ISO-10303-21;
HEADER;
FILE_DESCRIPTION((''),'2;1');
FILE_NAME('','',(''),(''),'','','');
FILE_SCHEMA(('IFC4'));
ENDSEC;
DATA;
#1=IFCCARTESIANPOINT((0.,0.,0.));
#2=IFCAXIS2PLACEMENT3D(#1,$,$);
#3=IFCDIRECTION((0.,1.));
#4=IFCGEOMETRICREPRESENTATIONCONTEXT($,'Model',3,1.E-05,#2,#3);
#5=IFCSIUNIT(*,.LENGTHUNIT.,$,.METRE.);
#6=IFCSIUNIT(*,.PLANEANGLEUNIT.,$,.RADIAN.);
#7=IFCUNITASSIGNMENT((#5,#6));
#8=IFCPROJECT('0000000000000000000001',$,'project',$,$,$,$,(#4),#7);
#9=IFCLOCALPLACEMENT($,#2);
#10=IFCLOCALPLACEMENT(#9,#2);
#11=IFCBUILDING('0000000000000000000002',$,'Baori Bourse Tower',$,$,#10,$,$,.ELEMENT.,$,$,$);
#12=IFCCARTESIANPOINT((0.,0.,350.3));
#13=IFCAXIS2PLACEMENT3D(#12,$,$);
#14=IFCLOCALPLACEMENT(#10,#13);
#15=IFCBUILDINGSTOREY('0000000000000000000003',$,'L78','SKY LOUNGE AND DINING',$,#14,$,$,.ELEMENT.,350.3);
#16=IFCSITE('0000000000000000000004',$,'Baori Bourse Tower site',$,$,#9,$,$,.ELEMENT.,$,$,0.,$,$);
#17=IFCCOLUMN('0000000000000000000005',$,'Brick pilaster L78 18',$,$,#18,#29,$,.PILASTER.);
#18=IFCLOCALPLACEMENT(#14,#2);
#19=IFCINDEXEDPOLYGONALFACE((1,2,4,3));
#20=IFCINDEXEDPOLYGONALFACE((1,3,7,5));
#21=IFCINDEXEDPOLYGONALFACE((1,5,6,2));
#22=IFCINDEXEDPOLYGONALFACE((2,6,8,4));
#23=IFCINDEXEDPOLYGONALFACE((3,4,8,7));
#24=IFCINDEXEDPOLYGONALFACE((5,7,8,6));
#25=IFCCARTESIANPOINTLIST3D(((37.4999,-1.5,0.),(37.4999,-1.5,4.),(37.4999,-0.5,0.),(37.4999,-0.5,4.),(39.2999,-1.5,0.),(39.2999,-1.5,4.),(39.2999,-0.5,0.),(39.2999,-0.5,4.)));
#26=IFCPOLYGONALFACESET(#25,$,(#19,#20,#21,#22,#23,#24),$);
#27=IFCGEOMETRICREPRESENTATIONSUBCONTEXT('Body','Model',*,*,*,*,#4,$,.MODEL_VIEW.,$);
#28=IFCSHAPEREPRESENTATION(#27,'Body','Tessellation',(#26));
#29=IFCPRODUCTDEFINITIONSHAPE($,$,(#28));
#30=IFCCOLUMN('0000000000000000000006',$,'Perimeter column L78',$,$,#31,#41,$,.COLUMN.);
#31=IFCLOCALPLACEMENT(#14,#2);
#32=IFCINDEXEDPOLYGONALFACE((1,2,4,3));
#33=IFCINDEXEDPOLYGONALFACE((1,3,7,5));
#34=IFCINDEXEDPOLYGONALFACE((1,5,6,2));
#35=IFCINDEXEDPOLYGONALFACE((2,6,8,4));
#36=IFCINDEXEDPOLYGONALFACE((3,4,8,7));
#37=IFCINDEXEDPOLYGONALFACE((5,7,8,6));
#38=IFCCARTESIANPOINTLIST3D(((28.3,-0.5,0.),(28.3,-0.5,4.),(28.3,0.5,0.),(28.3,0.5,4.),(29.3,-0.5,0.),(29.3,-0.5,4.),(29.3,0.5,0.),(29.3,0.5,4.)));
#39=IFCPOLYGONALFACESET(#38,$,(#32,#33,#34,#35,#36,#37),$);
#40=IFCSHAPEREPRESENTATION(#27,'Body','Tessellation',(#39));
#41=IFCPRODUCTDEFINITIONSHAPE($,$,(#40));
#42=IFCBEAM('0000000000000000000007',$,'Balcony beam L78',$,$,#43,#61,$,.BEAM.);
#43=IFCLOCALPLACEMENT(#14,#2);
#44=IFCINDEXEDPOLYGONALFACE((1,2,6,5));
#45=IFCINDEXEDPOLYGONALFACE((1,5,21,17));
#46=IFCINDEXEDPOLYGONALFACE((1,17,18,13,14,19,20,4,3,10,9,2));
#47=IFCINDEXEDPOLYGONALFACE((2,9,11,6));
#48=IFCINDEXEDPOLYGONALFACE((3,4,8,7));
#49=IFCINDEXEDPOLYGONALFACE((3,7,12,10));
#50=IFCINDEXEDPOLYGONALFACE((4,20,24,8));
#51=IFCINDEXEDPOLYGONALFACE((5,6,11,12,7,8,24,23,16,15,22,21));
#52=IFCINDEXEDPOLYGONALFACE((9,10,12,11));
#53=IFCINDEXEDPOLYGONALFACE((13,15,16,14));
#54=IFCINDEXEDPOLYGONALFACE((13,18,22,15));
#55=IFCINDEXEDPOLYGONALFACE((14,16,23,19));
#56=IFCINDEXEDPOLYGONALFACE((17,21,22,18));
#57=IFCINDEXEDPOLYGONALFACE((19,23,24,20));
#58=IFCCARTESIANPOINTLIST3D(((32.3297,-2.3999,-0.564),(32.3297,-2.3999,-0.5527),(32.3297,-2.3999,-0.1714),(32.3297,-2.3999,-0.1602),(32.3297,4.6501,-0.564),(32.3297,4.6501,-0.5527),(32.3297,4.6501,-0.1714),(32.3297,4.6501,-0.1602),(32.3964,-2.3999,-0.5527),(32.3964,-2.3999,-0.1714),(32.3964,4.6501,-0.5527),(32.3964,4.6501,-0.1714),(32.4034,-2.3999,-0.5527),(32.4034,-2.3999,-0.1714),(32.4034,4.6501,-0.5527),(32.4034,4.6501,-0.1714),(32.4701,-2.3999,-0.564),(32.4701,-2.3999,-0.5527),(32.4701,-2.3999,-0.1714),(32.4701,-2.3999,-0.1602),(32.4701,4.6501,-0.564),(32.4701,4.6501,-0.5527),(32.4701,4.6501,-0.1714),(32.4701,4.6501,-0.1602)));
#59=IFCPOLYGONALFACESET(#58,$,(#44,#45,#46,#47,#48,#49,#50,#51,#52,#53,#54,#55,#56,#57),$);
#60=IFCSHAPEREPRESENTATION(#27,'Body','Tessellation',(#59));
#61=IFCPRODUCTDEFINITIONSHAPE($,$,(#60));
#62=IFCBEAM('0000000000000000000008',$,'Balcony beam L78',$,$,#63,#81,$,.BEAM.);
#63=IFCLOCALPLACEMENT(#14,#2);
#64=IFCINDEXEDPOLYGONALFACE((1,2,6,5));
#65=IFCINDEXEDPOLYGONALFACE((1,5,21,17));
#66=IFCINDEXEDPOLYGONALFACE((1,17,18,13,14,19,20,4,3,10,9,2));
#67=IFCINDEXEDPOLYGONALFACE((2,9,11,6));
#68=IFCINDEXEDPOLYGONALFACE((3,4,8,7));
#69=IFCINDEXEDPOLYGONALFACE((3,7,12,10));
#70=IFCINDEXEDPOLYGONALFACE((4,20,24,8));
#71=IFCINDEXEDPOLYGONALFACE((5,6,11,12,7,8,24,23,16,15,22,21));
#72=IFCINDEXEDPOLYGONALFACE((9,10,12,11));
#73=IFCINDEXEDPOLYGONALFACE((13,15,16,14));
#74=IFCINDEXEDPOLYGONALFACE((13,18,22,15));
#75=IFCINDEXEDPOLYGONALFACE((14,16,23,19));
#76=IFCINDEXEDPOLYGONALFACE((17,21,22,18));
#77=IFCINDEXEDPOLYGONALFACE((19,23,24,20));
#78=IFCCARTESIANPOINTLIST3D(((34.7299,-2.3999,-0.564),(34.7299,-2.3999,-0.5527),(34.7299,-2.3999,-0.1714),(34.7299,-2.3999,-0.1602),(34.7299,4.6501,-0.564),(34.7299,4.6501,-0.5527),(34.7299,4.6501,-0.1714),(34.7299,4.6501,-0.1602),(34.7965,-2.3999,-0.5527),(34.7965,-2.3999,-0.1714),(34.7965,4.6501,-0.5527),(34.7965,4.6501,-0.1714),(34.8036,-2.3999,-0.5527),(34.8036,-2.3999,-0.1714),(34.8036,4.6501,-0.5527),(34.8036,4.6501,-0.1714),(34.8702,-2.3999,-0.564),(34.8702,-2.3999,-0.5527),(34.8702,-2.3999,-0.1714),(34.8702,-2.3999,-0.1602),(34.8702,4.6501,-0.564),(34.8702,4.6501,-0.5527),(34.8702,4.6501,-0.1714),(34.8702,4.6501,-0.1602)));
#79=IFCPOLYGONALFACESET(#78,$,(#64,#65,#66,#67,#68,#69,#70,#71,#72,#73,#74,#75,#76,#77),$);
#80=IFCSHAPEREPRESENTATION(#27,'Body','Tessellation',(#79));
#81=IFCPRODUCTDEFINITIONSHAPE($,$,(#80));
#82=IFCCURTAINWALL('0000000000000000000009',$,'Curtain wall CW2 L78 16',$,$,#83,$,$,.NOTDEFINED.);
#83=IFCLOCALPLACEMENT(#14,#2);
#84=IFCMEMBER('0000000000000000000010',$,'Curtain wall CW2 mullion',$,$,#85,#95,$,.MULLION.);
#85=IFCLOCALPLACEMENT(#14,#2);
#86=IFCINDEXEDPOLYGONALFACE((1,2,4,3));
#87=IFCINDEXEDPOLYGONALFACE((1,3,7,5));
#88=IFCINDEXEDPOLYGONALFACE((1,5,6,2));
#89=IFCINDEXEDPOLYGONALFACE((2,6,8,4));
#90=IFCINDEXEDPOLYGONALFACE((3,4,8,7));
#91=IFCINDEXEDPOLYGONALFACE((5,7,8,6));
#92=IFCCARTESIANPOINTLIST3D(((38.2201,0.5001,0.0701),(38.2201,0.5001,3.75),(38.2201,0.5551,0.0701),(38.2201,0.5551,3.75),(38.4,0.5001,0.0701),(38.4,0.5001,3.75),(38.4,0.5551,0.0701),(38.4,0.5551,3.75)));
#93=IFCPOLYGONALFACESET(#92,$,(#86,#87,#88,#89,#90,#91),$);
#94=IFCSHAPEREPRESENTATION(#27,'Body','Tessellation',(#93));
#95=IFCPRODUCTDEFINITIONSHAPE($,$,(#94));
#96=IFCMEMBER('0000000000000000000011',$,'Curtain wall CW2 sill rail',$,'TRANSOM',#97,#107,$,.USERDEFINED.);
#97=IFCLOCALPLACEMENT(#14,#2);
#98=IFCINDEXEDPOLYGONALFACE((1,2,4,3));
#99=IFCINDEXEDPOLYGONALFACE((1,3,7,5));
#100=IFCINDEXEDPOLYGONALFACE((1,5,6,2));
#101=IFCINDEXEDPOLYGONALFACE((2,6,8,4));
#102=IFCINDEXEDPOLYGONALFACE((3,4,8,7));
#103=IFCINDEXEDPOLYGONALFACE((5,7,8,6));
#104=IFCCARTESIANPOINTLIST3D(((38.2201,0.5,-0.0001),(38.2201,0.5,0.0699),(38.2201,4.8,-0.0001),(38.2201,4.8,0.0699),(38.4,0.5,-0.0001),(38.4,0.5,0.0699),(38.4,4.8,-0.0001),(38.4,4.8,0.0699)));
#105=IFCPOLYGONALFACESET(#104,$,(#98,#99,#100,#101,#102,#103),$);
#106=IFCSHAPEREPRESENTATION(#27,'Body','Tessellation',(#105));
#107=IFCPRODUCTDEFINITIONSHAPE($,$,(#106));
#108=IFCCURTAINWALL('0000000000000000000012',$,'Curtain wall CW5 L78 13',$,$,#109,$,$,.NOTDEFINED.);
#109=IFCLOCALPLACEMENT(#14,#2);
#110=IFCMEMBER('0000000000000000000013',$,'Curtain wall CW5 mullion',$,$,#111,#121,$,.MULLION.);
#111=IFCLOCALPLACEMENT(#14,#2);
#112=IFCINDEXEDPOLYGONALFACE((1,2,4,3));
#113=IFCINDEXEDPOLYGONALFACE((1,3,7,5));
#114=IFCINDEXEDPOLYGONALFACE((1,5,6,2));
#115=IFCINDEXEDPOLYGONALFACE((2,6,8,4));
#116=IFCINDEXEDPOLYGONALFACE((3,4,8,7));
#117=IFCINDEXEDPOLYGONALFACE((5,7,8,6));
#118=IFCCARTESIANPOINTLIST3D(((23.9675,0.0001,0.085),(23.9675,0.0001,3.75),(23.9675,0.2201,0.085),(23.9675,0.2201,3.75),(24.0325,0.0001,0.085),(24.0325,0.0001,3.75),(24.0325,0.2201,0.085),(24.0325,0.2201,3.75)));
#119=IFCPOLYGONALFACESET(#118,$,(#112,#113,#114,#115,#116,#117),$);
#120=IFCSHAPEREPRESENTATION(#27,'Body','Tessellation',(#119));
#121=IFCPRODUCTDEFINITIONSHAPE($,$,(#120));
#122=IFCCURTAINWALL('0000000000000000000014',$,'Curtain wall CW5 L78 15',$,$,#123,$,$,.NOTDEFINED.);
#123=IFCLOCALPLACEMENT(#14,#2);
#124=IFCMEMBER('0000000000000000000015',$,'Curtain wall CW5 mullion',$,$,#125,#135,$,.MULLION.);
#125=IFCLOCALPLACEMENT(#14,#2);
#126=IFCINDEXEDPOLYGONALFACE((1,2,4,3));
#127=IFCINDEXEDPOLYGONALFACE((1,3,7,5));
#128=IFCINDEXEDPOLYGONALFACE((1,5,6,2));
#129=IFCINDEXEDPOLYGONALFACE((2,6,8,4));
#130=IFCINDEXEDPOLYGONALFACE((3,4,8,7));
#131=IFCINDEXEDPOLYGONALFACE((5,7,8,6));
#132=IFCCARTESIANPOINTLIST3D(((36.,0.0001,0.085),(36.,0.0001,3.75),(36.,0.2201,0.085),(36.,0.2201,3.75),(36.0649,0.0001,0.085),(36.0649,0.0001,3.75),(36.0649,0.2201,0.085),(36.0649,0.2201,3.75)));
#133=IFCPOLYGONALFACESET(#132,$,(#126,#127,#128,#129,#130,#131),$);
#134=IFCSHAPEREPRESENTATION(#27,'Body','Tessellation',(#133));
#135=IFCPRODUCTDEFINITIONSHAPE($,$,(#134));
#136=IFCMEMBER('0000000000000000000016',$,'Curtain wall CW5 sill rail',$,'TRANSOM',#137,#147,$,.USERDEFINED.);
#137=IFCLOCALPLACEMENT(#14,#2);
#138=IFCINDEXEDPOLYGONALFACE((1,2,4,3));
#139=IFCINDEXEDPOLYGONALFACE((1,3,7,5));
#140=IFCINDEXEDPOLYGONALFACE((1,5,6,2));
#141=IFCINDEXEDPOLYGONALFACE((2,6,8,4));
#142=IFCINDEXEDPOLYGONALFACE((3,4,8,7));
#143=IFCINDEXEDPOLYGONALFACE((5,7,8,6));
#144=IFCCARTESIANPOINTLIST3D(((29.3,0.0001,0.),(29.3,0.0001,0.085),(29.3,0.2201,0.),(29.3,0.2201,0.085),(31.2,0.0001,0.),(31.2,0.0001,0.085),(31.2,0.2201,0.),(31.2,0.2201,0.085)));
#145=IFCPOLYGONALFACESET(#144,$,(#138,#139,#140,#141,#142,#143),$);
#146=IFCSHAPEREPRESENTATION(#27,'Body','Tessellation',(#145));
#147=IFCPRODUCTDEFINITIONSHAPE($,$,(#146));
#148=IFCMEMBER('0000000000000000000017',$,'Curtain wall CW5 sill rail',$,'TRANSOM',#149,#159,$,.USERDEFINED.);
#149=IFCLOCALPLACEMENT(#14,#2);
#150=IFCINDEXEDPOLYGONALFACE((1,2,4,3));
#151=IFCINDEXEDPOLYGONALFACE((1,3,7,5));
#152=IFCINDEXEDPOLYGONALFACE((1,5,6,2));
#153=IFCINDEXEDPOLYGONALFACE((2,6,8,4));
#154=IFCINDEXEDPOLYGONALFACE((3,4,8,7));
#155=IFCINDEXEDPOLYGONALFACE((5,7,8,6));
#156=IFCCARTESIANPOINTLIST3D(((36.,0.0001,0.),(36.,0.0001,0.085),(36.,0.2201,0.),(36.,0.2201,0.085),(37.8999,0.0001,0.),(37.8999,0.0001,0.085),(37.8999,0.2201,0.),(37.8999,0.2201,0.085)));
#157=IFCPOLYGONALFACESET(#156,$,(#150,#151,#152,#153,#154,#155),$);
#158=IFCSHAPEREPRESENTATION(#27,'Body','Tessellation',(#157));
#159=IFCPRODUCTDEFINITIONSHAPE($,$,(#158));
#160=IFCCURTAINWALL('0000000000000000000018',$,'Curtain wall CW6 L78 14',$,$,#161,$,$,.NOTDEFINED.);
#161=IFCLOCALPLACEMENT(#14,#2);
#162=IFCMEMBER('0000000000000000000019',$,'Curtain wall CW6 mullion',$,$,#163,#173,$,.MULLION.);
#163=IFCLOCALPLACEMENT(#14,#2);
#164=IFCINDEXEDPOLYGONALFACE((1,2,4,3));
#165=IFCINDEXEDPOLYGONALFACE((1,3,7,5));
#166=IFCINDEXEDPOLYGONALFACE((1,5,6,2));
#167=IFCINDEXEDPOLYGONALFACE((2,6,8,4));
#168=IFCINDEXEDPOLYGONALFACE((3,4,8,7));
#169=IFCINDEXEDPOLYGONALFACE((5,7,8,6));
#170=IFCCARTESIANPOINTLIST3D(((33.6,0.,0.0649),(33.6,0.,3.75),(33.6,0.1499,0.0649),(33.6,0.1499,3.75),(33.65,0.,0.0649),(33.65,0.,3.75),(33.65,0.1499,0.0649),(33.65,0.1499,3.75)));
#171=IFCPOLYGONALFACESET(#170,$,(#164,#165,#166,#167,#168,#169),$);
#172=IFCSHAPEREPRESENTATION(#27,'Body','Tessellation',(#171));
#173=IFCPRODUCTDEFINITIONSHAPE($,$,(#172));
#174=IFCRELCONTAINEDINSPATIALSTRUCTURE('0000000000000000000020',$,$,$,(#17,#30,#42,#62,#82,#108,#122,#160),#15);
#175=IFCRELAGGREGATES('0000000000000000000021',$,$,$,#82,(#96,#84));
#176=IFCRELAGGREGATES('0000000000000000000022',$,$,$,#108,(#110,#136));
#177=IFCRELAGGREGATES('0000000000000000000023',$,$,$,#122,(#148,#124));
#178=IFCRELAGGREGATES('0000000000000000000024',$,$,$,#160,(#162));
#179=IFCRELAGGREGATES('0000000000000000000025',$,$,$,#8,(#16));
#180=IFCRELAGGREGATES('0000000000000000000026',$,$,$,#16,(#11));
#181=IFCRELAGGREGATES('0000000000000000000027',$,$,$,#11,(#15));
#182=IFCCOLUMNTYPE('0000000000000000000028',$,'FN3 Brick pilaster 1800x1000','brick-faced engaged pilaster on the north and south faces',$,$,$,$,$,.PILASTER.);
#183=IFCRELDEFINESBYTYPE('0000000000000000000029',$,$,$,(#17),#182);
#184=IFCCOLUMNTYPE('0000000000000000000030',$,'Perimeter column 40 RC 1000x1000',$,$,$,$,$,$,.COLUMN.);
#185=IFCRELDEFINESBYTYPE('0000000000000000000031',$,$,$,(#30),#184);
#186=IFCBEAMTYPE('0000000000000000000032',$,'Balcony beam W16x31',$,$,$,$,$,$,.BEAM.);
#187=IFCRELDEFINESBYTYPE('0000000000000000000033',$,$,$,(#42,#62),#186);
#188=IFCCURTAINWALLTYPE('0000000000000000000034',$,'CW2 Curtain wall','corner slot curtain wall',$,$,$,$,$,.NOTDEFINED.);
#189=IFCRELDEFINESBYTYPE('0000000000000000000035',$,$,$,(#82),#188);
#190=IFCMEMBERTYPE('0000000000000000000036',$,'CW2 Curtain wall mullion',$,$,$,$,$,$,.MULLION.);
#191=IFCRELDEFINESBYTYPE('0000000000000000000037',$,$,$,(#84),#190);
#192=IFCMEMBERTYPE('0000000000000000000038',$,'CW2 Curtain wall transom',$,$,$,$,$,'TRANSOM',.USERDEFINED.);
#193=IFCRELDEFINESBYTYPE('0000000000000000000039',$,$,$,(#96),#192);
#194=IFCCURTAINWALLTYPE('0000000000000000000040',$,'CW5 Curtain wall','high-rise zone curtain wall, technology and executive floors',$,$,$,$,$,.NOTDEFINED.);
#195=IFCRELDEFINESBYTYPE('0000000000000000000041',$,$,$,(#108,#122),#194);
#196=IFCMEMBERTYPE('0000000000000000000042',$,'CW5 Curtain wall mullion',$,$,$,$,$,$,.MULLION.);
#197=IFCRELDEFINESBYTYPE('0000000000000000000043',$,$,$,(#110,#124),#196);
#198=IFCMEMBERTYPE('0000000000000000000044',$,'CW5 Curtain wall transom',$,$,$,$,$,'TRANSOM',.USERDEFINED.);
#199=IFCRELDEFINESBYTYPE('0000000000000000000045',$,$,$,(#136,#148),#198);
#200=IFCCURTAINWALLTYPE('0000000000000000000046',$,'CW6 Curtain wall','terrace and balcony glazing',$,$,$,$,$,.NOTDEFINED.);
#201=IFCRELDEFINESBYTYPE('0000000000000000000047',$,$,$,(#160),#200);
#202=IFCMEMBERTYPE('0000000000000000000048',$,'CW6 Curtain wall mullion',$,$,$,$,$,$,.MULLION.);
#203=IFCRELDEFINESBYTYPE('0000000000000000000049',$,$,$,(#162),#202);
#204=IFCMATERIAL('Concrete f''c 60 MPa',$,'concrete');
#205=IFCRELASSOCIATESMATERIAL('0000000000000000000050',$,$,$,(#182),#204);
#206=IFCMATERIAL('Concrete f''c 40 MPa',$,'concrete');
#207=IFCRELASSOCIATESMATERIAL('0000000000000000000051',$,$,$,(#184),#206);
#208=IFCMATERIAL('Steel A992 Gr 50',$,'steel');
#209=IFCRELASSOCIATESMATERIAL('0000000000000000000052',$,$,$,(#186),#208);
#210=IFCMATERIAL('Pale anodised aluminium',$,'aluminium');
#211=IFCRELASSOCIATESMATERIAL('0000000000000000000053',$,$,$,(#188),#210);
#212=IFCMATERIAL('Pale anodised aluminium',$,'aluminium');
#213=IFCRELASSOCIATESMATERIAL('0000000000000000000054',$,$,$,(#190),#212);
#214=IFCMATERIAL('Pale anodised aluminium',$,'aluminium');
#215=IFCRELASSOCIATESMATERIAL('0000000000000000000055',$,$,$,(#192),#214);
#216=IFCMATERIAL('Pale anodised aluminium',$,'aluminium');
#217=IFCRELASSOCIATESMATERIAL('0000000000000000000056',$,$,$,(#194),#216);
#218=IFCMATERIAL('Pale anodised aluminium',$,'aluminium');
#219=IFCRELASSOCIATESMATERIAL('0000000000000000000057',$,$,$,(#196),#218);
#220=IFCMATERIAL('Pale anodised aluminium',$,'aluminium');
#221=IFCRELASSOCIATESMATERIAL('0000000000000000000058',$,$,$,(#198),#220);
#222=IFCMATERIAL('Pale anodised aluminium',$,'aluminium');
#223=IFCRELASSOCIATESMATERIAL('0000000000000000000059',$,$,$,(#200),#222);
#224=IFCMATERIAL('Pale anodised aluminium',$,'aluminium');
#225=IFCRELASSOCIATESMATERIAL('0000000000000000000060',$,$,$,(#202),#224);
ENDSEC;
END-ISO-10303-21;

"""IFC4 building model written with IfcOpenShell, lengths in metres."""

from ifc_helpers import new_model, si_unit, direction, frame, origin, origin_2d, place, context, subcontext, project, spatial, rectangle, i_section, extrude, material, material_profile, profile_set, type_object, element, aggregate, save


model = new_model("IFC4")

# Units and contexts
model_context = context("Model", 3, precision=1e-05, world=origin(), true_north=direction((0.0, 1.0)))
body_context = subcontext(model_context, "Body", "Model", "MODEL_VIEW")
ifc_project = project(units=[si_unit("LENGTHUNIT", "METRE"), si_unit("PLANEANGLEUNIT", "RADIAN")], contexts=[model_context])

# Site, building, storey
site_placement = place(None, origin())
site = spatial("IfcSite", under=ifc_project, at=site_placement, Name="Baori Bourse Tower site", CompositionType="ELEMENT", RefElevation=0.0)
building_placement = place(site_placement, origin())
building = spatial("IfcBuilding", under=site, at=building_placement, Name="Baori Bourse Tower", CompositionType="ELEMENT")
storey_placement = place(building_placement, frame((0.0, 0.0, 350.3)))
storey = spatial("IfcBuildingStorey", under=building, at=storey_placement, Name="L78", Description="SKY LOUNGE AND DINING", CompositionType="ELEMENT", Elevation=350.3)

# Columns
ifc_material_1 = material(Name="Concrete f'c 60 MPa", Category="concrete")
ifc_material_profile_1 = material_profile(ifc_material_1, rectangle(XDim=1.8, YDim=1.0, at=origin_2d()), Name="RC 1800x1000")
ifc_profile_set_1 = profile_set([ifc_material_profile_1], Name="Concrete f'c 60 MPa")
column_type_1 = type_object("IfcColumnType", Name="FN3 Brick pilaster 1800x1000", Description="brick-faced engaged pilaster on the north and south faces", PredefinedType="PILASTER", material=ifc_profile_set_1)
column_1_placement = place(storey_placement, frame((38.3999, -1.0, 0.0), z_axis=(0.0, 0.0, 1.0), x_axis=(1.0, 0.0, 0.0)))
element("IfcColumn", 1, at=column_1_placement, inside=storey, type_object=column_type_1, Name="Brick pilaster L78 18", PredefinedType="PILASTER", context=body_context, shape_type="SweptSolid", body=[
    extrude(rectangle(XDim=1.8, YDim=1.0, at=origin_2d()), origin(), (0.0, 0.0, 1.0), 4.0),
])
ifc_material_2 = material(Name="Concrete f'c 40 MPa", Category="concrete")
ifc_material_profile_2 = material_profile(ifc_material_2, rectangle(XDim=1.0, YDim=1.0, at=origin_2d()), Name="RC 1000x1000")
ifc_profile_set_2 = profile_set([ifc_material_profile_2], Name="Concrete f'c 40 MPa")
column_type_2 = type_object("IfcColumnType", Name="Perimeter column 40 RC 1000x1000", PredefinedType="COLUMN", material=ifc_profile_set_2)
column_2_placement = place(storey_placement, frame((28.8, 0.0, 0.0), z_axis=(0.0, 0.0, 1.0), x_axis=(1.0, 0.0, 0.0)))
element("IfcColumn", 2, at=column_2_placement, inside=storey, type_object=column_type_2, Name="Perimeter column L78", PredefinedType="COLUMN", context=body_context, shape_type="SweptSolid", body=[
    extrude(rectangle(XDim=1.0, YDim=1.0, at=origin_2d()), origin(), (0.0, 0.0, 1.0), 4.0),
])

# Beams
ifc_material_3 = material(Name="Steel A992 Gr 50", Category="steel")
ifc_material_profile_3 = material_profile(ifc_material_3, i_section(OverallWidth=0.1404, OverallDepth=0.4038, WebThickness=0.0071, FlangeThickness=0.0112, at=origin_2d()), Name="W16x31")
ifc_profile_set_3 = profile_set([ifc_material_profile_3], Name="Steel A992 Gr 50")
beam_type_1 = type_object("IfcBeamType", Name="Balcony beam W16x31", PredefinedType="BEAM", material=ifc_profile_set_3)
for number, where, z_axis, x_axis, name in (
    (3, (32.3999, -2.3999, -0.3621), (0.0, 1.0, 0.0), (-1.0, 0.0, 0.0), "Balcony beam L78"),
    (4, (34.8, -2.3999, -0.3621), (0.0, 1.0, 0.0), (-1.0, 0.0, 0.0), "Balcony beam L78"),
):
    element("IfcBeam", number, at=place(storey_placement, frame(where, z_axis=z_axis, x_axis=x_axis)), inside=storey, type_object=beam_type_1, Name=name, PredefinedType="BEAM", context=body_context, shape_type="SweptSolid", body=[
        extrude(i_section(OverallWidth=0.1404, OverallDepth=0.4038, WebThickness=0.0071, FlangeThickness=0.0112, at=origin_2d()), origin(), (0.0, 0.0, 1.0), 7.05),
    ])

# Curtain wall, members
ifc_material_4 = material(Name="Pale anodised aluminium", Category="aluminium")
curtain_wall_type_1 = type_object("IfcCurtainWallType", Name="CW2 Curtain wall", Description="corner slot curtain wall", PredefinedType="NOTDEFINED", material=ifc_material_4)
curtain_wall_1_placement = place(storey_placement, origin())
curtain_wall_1 = element("IfcCurtainWall", 5, at=curtain_wall_1_placement, inside=storey, type_object=curtain_wall_type_1, Name="Curtain wall CW2 L78 16", PredefinedType="NOTDEFINED")
ifc_material_5 = material(Name="Pale anodised aluminium", Category="aluminium")
ifc_material_profile_4 = material_profile(ifc_material_5, rectangle(XDim=0.1799, YDim=0.0549, at=origin_2d()), Name="Mullion 55x180")
ifc_profile_set_4 = profile_set([ifc_material_profile_4], Name="Pale anodised aluminium")
member_type_1 = type_object("IfcMemberType", Name="CW2 Curtain wall mullion", PredefinedType="MULLION", material=ifc_profile_set_4)
member_1_placement = place(storey_placement, frame((38.3101, 0.5276, 0.0701), z_axis=(0.0, 0.0, 1.0), x_axis=(-1.0, 0.0, 0.0)))
member_1 = element("IfcMember", 6, at=member_1_placement, type_object=member_type_1, Name="Curtain wall CW2 mullion", PredefinedType="MULLION", context=body_context, shape_type="SweptSolid", body=[
    extrude(rectangle(XDim=0.1799, YDim=0.0549, at=origin_2d()), origin(), (0.0, 0.0, 1.0), 3.6799),
])
ifc_material_6 = material(Name="Pale anodised aluminium", Category="aluminium")
ifc_material_profile_5 = material_profile(ifc_material_6, rectangle(XDim=0.1799, YDim=0.0701, at=origin_2d()), Name="Transom 70x180")
ifc_profile_set_5 = profile_set([ifc_material_profile_5], Name="Pale anodised aluminium")
member_type_2 = type_object("IfcMemberType", Name="CW2 Curtain wall transom", ElementType="TRANSOM", PredefinedType="USERDEFINED", material=ifc_profile_set_5)
member_2_placement = place(storey_placement, frame((38.3101, 0.5, 0.0349), z_axis=(0.0, 1.0, 0.0), x_axis=(-1.0, 0.0, 0.0)))
member_2 = element("IfcMember", 7, at=member_2_placement, type_object=member_type_2, Name="Curtain wall CW2 sill rail", ObjectType="TRANSOM", PredefinedType="USERDEFINED", context=body_context, shape_type="SweptSolid", body=[
    extrude(rectangle(XDim=0.1799, YDim=0.0701, at=origin_2d()), origin(), (0.0, 0.0, 1.0), 4.3),
])

# Curtain walls, members
ifc_material_7 = material(Name="Pale anodised aluminium", Category="aluminium")
curtain_wall_type_2 = type_object("IfcCurtainWallType", Name="CW5 Curtain wall", Description="high-rise zone curtain wall, technology and executive floors", PredefinedType="NOTDEFINED", material=ifc_material_7)
curtain_wall_2_placement = place(storey_placement, origin())
curtain_wall_2 = element("IfcCurtainWall", 8, at=curtain_wall_2_placement, inside=storey, type_object=curtain_wall_type_2, Name="Curtain wall CW5 L78 13", PredefinedType="NOTDEFINED")
ifc_material_8 = material(Name="Pale anodised aluminium", Category="aluminium")
ifc_material_profile_6 = material_profile(ifc_material_8, rectangle(XDim=0.22, YDim=0.0649, at=origin_2d()), Name="Mullion 65x220")
ifc_profile_set_6 = profile_set([ifc_material_profile_6], Name="Pale anodised aluminium")
member_type_3 = type_object("IfcMemberType", Name="CW5 Curtain wall mullion", PredefinedType="MULLION", material=ifc_profile_set_6)
member_3_placement = place(storey_placement, frame((24.0, 0.1101, 0.085), z_axis=(0.0, 0.0, 1.0), x_axis=(0.0, 1.0, 0.0)))
member_3 = element("IfcMember", 9, at=member_3_placement, type_object=member_type_3, Name="Curtain wall CW5 mullion", PredefinedType="MULLION", context=body_context, shape_type="SweptSolid", body=[
    extrude(rectangle(XDim=0.22, YDim=0.0649, at=origin_2d()), origin(), (0.0, 0.0, 1.0), 3.665),
])
curtain_wall_3_placement = place(storey_placement, origin())
curtain_wall_3 = element("IfcCurtainWall", 10, at=curtain_wall_3_placement, inside=storey, type_object=curtain_wall_type_2, Name="Curtain wall CW5 L78 15", PredefinedType="NOTDEFINED")
member_4_placement = place(storey_placement, frame((36.0325, 0.1101, 0.085), z_axis=(0.0, 0.0, 1.0), x_axis=(0.0, 1.0, 0.0)))
member_4 = element("IfcMember", 11, at=member_4_placement, type_object=member_type_3, Name="Curtain wall CW5 mullion", PredefinedType="MULLION", context=body_context, shape_type="SweptSolid", body=[
    extrude(rectangle(XDim=0.22, YDim=0.0649, at=origin_2d()), origin(), (0.0, 0.0, 1.0), 3.665),
])

# Members
ifc_material_9 = material(Name="Pale anodised aluminium", Category="aluminium")
ifc_material_profile_7 = material_profile(ifc_material_9, rectangle(XDim=0.22, YDim=0.085, at=origin_2d()), Name="Transom 85x220")
ifc_profile_set_7 = profile_set([ifc_material_profile_7], Name="Pale anodised aluminium")
member_type_4 = type_object("IfcMemberType", Name="CW5 Curtain wall transom", ElementType="TRANSOM", PredefinedType="USERDEFINED", material=ifc_profile_set_7)
member_5_placement = place(storey_placement, frame((29.3, 0.1101, 0.0425), z_axis=(1.0, 0.0, 0.0), x_axis=(0.0, 1.0, 0.0)))
member_5 = element("IfcMember", 12, at=member_5_placement, type_object=member_type_4, Name="Curtain wall CW5 sill rail", ObjectType="TRANSOM", PredefinedType="USERDEFINED", context=body_context, shape_type="SweptSolid", body=[
    extrude(rectangle(XDim=0.22, YDim=0.085, at=origin_2d()), origin(), (0.0, 0.0, 1.0), 1.8999),
])
member_6_placement = place(storey_placement, frame((36.0, 0.1101, 0.0425), z_axis=(1.0, 0.0, 0.0), x_axis=(0.0, 1.0, 0.0)))
member_6 = element("IfcMember", 13, at=member_6_placement, type_object=member_type_4, Name="Curtain wall CW5 sill rail", ObjectType="TRANSOM", PredefinedType="USERDEFINED", context=body_context, shape_type="SweptSolid", body=[
    extrude(rectangle(XDim=0.22, YDim=0.085, at=origin_2d()), origin(), (0.0, 0.0, 1.0), 1.8999),
])

# Curtain wall, member
ifc_material_10 = material(Name="Pale anodised aluminium", Category="aluminium")
curtain_wall_type_3 = type_object("IfcCurtainWallType", Name="CW6 Curtain wall", Description="terrace and balcony glazing", PredefinedType="NOTDEFINED", material=ifc_material_10)
curtain_wall_4_placement = place(storey_placement, origin())
curtain_wall_4 = element("IfcCurtainWall", 14, at=curtain_wall_4_placement, inside=storey, type_object=curtain_wall_type_3, Name="Curtain wall CW6 L78 14", PredefinedType="NOTDEFINED")
ifc_material_11 = material(Name="Pale anodised aluminium", Category="aluminium")
ifc_material_profile_8 = material_profile(ifc_material_11, rectangle(XDim=0.1499, YDim=0.05, at=origin_2d()), Name="Mullion 50x150")
ifc_profile_set_8 = profile_set([ifc_material_profile_8], Name="Pale anodised aluminium")
member_type_5 = type_object("IfcMemberType", Name="CW6 Curtain wall mullion", PredefinedType="MULLION", material=ifc_profile_set_8)
member_7_placement = place(storey_placement, frame((33.625, 0.075, 0.0649), z_axis=(0.0, 0.0, 1.0), x_axis=(0.0, 1.0, 0.0)))
member_7 = element("IfcMember", 15, at=member_7_placement, type_object=member_type_5, Name="Curtain wall CW6 mullion", PredefinedType="MULLION", context=body_context, shape_type="SweptSolid", body=[
    extrude(rectangle(XDim=0.1499, YDim=0.05, at=origin_2d()), origin(), (0.0, 0.0, 1.0), 3.6851),
])

aggregate(curtain_wall_1, [member_2, member_1])
aggregate(curtain_wall_2, [member_3, member_5])
aggregate(curtain_wall_3, [member_6, member_4])
aggregate(curtain_wall_4, [member_7])

save(model, "model.ifc")
